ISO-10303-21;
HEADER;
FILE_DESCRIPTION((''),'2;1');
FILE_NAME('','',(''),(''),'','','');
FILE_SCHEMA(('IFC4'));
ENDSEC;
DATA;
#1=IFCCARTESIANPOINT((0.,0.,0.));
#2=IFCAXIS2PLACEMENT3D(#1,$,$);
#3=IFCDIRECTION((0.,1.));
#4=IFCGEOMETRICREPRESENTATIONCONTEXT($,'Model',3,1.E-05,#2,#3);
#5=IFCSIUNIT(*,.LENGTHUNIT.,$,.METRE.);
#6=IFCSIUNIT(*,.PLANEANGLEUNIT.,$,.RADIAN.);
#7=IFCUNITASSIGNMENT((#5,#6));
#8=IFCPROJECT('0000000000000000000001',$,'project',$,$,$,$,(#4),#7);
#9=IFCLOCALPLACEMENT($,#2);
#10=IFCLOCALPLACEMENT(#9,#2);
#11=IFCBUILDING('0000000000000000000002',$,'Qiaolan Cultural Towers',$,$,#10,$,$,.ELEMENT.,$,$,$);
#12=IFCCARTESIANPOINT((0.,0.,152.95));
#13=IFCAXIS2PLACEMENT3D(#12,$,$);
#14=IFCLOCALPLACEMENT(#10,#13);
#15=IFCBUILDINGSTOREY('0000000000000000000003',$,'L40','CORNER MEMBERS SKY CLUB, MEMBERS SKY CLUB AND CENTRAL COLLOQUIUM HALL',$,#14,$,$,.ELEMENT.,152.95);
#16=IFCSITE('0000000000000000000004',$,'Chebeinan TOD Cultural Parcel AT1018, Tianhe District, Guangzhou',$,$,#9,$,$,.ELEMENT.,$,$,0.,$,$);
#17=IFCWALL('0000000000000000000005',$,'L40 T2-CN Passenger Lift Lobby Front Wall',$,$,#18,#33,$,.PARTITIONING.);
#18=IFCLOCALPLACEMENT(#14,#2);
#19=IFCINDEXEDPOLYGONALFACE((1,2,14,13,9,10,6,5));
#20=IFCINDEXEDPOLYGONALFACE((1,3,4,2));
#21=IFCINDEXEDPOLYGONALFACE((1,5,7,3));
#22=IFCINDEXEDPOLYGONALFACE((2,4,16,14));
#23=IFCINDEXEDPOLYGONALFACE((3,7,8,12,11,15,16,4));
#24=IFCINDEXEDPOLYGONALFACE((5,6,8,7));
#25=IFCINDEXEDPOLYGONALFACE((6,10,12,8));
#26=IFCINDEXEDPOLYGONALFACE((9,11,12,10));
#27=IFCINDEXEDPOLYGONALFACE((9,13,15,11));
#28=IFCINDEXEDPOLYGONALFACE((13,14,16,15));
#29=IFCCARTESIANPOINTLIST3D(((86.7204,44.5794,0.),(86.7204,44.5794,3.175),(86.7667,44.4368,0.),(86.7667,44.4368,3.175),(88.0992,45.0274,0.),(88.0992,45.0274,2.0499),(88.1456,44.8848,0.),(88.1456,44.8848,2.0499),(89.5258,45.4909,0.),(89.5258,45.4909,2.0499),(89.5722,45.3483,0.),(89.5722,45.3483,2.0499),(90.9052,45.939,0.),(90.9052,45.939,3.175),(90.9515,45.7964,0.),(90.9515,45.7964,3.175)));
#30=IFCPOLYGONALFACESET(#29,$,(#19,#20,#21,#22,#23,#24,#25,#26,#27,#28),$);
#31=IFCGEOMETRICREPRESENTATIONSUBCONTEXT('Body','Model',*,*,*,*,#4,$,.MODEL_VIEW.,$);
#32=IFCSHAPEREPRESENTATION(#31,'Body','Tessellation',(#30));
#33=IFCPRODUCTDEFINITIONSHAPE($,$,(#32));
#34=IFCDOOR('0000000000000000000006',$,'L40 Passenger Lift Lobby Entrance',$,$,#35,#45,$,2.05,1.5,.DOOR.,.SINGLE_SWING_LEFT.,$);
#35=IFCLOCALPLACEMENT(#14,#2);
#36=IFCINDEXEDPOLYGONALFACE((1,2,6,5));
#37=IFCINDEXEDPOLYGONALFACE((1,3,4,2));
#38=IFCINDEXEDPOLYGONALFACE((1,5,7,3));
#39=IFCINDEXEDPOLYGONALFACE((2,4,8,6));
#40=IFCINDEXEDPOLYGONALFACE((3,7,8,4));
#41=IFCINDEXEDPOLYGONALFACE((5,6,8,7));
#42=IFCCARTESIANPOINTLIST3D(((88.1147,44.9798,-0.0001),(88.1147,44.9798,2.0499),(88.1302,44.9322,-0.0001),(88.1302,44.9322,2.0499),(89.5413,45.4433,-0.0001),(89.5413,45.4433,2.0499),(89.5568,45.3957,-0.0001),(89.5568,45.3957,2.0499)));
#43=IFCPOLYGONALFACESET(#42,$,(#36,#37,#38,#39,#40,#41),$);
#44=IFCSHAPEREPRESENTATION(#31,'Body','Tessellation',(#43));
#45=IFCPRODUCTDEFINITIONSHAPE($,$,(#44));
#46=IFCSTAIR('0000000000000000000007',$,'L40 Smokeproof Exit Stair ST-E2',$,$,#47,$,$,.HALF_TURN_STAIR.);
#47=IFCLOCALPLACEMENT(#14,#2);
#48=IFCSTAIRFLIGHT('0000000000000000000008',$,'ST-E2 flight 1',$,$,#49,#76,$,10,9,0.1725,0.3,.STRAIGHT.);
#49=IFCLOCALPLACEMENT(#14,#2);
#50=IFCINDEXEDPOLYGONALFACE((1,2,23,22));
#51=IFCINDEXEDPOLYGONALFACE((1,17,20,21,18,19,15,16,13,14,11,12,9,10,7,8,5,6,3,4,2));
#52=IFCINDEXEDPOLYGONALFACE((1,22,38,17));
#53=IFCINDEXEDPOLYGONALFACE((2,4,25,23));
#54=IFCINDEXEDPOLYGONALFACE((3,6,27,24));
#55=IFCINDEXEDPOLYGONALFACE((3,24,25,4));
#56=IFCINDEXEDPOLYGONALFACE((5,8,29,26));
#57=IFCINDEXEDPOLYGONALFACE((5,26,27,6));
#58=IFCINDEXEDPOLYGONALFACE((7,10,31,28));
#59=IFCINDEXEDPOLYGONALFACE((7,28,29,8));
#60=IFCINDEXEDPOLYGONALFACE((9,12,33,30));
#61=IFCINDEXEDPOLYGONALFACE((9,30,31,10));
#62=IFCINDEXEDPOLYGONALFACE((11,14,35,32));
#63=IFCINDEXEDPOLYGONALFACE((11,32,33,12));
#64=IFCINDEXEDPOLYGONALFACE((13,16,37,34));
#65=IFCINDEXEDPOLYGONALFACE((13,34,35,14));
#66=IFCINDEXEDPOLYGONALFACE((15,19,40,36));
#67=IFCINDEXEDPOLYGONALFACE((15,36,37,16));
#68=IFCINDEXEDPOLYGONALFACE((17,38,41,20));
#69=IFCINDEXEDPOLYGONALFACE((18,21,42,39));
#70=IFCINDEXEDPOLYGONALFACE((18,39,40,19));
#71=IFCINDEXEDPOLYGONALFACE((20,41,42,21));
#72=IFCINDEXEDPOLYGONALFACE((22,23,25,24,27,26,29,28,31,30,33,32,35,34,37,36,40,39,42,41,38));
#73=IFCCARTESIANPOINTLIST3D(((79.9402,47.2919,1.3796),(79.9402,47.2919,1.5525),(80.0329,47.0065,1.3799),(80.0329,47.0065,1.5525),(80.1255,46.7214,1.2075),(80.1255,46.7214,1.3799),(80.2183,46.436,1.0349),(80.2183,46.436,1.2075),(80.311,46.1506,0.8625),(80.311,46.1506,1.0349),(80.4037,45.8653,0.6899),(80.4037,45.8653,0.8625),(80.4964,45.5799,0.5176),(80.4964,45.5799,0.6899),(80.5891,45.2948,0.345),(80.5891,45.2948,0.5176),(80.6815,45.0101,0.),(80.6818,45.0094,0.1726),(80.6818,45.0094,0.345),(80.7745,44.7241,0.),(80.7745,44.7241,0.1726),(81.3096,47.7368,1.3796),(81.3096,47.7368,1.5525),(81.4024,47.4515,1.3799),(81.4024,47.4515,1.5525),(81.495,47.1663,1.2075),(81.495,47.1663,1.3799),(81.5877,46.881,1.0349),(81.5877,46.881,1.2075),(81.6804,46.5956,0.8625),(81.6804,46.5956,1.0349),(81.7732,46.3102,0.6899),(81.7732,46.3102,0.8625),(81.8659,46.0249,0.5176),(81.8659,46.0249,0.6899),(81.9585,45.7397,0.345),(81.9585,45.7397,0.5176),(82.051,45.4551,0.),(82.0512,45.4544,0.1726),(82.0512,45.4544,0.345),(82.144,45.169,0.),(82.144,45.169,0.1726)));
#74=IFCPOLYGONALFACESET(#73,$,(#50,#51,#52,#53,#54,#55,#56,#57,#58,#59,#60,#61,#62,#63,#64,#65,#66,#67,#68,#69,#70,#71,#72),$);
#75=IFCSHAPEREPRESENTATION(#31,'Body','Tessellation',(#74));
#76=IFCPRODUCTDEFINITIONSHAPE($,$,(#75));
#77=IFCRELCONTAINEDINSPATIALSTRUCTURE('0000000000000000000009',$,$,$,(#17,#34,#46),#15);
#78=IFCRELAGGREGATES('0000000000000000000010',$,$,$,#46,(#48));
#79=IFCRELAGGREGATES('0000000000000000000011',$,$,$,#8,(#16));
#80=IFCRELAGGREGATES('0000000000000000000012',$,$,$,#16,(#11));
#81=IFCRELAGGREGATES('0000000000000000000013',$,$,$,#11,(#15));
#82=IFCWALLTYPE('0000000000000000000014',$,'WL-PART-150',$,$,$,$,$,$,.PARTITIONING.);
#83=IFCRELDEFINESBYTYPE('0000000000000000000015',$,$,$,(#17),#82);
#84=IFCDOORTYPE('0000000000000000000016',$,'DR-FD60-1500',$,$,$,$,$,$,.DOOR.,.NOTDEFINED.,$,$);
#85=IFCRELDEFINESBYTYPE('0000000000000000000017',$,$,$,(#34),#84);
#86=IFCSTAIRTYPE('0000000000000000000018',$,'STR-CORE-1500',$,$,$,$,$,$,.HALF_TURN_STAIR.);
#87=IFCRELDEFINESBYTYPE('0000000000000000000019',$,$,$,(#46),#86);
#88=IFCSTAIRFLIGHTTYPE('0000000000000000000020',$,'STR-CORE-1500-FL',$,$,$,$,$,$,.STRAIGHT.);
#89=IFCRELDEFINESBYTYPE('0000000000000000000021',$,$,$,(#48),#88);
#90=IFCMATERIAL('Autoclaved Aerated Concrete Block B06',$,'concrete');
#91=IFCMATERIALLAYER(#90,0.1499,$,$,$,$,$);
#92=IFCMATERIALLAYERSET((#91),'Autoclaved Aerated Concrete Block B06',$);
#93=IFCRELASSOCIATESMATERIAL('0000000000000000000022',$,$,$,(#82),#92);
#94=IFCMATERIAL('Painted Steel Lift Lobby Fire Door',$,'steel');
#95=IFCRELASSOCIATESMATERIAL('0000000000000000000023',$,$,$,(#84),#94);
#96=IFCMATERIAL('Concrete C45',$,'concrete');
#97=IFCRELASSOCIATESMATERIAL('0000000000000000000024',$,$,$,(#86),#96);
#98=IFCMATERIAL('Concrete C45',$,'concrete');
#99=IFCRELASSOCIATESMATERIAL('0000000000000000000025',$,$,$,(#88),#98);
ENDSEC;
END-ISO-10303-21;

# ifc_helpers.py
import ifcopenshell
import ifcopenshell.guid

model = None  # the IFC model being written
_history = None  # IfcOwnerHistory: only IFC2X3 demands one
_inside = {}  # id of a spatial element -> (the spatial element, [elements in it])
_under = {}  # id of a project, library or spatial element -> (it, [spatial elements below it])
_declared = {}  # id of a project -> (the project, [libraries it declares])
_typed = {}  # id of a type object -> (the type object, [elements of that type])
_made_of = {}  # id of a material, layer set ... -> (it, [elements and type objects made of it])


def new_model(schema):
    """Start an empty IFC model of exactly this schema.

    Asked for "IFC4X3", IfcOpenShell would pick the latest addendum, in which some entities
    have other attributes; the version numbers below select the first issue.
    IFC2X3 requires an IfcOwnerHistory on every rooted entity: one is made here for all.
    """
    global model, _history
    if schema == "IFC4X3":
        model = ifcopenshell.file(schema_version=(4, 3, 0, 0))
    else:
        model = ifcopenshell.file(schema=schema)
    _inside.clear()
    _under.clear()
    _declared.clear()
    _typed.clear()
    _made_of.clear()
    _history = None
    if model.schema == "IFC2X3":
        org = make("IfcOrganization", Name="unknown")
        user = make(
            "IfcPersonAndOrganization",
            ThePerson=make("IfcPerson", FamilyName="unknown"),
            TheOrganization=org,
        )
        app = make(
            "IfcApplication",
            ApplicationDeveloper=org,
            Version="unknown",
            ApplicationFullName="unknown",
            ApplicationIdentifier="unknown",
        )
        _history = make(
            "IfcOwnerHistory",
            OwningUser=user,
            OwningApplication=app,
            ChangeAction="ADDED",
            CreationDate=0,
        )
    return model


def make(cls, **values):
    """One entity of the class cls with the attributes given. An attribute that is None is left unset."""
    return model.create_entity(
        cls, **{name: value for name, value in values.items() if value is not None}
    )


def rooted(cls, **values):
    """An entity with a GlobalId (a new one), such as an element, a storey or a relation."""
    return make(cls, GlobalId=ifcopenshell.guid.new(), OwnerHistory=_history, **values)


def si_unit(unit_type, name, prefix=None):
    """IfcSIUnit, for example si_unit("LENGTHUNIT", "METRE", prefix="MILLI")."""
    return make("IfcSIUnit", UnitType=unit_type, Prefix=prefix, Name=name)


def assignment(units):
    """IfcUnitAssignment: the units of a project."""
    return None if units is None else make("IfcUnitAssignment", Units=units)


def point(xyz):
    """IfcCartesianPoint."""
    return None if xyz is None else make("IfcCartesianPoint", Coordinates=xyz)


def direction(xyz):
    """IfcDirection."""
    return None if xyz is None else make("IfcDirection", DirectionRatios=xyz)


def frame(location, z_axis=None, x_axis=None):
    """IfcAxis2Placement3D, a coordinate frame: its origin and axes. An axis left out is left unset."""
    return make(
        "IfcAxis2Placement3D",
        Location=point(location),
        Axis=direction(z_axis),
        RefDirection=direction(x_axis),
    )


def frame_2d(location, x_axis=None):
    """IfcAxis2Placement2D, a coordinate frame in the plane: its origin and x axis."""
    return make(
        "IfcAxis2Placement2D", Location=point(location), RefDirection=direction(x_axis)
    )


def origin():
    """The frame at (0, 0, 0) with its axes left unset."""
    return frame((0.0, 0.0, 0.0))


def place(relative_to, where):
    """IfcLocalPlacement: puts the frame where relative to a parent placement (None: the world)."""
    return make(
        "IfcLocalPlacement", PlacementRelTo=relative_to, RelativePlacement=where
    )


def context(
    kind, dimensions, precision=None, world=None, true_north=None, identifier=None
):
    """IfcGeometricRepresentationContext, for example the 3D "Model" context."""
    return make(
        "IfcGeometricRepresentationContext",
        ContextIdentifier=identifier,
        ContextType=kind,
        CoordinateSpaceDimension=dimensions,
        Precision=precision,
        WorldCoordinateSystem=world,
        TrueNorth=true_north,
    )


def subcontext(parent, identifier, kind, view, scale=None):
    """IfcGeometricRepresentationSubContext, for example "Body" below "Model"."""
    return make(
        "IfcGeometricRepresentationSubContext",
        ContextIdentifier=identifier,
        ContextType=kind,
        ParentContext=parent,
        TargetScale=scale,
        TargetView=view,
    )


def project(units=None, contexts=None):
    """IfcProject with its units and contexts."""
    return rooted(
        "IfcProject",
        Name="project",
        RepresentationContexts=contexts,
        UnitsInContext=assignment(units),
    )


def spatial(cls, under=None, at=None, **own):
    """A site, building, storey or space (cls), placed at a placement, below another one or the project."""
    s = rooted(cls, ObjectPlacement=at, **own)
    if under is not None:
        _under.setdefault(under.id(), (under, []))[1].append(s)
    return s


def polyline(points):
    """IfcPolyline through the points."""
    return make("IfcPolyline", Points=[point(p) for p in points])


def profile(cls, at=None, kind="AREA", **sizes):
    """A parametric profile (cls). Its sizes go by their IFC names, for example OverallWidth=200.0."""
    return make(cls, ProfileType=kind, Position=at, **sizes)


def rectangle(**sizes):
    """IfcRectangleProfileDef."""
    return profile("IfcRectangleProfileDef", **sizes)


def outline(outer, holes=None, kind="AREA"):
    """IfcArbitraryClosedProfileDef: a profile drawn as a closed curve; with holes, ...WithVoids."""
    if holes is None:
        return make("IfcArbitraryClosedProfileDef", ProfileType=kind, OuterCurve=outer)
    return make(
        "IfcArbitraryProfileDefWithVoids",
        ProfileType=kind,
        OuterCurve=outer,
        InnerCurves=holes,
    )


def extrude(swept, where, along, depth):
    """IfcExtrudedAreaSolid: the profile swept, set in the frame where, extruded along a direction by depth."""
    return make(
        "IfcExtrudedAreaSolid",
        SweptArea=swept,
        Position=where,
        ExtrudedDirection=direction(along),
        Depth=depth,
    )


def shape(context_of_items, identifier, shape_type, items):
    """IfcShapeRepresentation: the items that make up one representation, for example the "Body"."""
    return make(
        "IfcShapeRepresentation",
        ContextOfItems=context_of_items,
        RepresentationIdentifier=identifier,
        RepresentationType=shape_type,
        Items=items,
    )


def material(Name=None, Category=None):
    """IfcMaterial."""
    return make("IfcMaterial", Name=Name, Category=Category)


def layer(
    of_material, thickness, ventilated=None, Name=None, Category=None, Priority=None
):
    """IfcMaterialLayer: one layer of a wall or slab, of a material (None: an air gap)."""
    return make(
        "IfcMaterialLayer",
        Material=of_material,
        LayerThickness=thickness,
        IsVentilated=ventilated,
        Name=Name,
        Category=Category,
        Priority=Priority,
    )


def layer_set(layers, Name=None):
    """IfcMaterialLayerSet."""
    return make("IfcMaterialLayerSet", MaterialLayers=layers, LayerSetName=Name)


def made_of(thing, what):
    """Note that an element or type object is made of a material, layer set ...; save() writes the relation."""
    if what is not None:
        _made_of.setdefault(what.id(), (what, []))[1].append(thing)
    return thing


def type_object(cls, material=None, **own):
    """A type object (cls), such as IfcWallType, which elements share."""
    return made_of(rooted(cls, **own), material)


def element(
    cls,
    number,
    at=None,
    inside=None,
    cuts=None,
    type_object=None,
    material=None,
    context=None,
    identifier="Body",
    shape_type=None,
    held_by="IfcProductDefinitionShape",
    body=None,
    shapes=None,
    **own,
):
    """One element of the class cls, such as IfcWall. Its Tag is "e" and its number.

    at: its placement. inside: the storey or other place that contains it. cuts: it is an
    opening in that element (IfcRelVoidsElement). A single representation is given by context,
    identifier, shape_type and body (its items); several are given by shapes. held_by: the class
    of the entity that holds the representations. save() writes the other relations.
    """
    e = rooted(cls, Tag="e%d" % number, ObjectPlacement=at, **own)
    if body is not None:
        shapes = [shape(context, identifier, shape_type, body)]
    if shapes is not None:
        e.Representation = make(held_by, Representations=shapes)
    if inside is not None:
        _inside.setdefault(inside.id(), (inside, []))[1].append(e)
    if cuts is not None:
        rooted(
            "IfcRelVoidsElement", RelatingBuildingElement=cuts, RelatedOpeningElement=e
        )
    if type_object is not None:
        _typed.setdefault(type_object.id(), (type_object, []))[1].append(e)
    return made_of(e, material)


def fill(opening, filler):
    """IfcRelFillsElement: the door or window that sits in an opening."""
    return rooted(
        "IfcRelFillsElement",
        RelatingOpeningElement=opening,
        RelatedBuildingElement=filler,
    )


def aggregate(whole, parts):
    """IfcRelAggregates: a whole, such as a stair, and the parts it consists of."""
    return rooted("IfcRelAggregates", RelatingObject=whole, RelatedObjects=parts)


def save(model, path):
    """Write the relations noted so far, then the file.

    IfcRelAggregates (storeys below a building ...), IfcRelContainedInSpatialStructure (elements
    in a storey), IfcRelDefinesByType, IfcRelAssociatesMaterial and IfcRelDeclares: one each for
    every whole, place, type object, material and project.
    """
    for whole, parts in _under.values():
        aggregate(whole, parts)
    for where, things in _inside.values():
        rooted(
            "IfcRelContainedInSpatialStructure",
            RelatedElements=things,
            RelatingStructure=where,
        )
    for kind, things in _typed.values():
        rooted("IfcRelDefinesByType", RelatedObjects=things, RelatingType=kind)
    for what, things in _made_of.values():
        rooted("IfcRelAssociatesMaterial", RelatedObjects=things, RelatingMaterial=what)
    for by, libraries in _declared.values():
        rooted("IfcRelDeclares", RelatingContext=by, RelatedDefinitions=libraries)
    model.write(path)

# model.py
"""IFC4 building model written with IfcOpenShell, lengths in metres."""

from ifc_helpers import new_model, si_unit, direction, frame, frame_2d, origin, place, context, subcontext, project, spatial, polyline, rectangle, outline, extrude, material, layer, layer_set, type_object, element, fill, aggregate, save


model = new_model("IFC4")

# Units and contexts
model_context = context("Model", 3, precision=1e-05, world=origin(), true_north=direction((0.0, 1.0)))
body_context = subcontext(model_context, "Body", "Model", "MODEL_VIEW")
ifc_project = project(units=[si_unit("LENGTHUNIT", "METRE"), si_unit("PLANEANGLEUNIT", "RADIAN")], contexts=[model_context])

# Site, building, storey
site_placement = place(None, origin())
site = spatial("IfcSite", under=ifc_project, at=site_placement, Name="Chebeinan TOD Cultural Parcel AT1018, Tianhe District, Guangzhou", CompositionType="ELEMENT", RefElevation=0.0)
building_placement = place(site_placement, origin())
building = spatial("IfcBuilding", under=site, at=building_placement, Name="Qiaolan Cultural Towers", CompositionType="ELEMENT")
storey_placement = place(building_placement, frame((0.0, 0.0, 152.95)))
storey = spatial("IfcBuildingStorey", under=building, at=storey_placement, Name="L40", Description="CORNER MEMBERS SKY CLUB, MEMBERS SKY CLUB AND CENTRAL COLLOQUIUM HALL", CompositionType="ELEMENT", Elevation=152.95)

# Wall, opening, door
ifc_material_1 = material(Name="Autoclaved Aerated Concrete Block B06", Category="concrete")
ifc_layer_1 = layer(ifc_material_1, 0.1499)
ifc_layer_set_1 = layer_set([ifc_layer_1], Name="Autoclaved Aerated Concrete Block B06")
wall_type_1 = type_object("IfcWallType", Name="WL-PART-150", PredefinedType="PARTITIONING", material=ifc_layer_set_1)
wall_1_placement = place(storey_placement, frame((86.7434, 44.5081, 0.0), z_axis=(0.0, 0.0, 1.0), x_axis=(0.951064, 0.308994, 0.0)))
wall_1 = element("IfcWall", 1, at=wall_1_placement, inside=storey, type_object=wall_type_1, Name="L40 T2-CN Passenger Lift Lobby Front Wall", PredefinedType="PARTITIONING", context=body_context, shape_type="SweptSolid", body=[
    extrude(rectangle(XDim=4.4001, YDim=0.1499, at=frame_2d((2.2002, 0.0))), origin(), (0.0, 0.0, 1.0), 3.175),
])
opening_1_placement = place(wall_1_placement, frame((1.45, 0.0, 0.0)))
opening_1 = element("IfcOpeningElement", 2, at=opening_1_placement, cuts=wall_1, PredefinedType="OPENING", context=body_context, shape_type="SweptSolid", body=[
    extrude(rectangle(XDim=1.5, YDim=2.05, at=frame_2d((0.75, 1.0249))), frame((0.0, 0.085, 0.0), z_axis=(0.0, -1.0, 0.0), x_axis=(1.0, 0.0, 0.0)), (0.0, 0.0, 1.0), 0.1699),
])
ifc_material_2 = material(Name="Painted Steel Lift Lobby Fire Door", Category="steel")
door_type_1 = type_object("IfcDoorType", Name="DR-FD60-1500", OperationType="NOTDEFINED", PredefinedType="DOOR", material=ifc_material_2)
door_1_placement = place(opening_1_placement, origin())
door_1 = element("IfcDoor", 3, at=door_1_placement, inside=storey, type_object=door_type_1, Name="L40 Passenger Lift Lobby Entrance", OperationType="SINGLE_SWING_LEFT", OverallHeight=2.05, OverallWidth=1.5, PredefinedType="DOOR", context=body_context, shape_type="SweptSolid", body=[
    extrude(rectangle(XDim=1.5, YDim=2.05, at=frame_2d((0.75, 1.0249))), frame((0.0, 0.0249, 0.0), z_axis=(0.0, -1.0, 0.0), x_axis=(1.0, 0.0, 0.0)), (0.0, 0.0, 1.0), 0.05),
])
fill(opening_1, door_1)

# Stair, stair flight
ifc_material_3 = material(Name="Concrete C45", Category="concrete")
stair_type = type_object("IfcStairType", Name="STR-CORE-1500", PredefinedType="HALF_TURN_STAIR", material=ifc_material_3)
stair_placement = place(storey_placement, origin())
stair = element("IfcStair", 4, at=stair_placement, inside=storey, type_object=stair_type, Name="L40 Smokeproof Exit Stair ST-E2", PredefinedType="HALF_TURN_STAIR")
ifc_material_4 = material(Name="Concrete C45", Category="concrete")
stair_flight_type = type_object("IfcStairFlightType", Name="STR-CORE-1500-FL", PredefinedType="STRAIGHT", material=ifc_material_4)
stair_flight_placement = place(storey_placement, frame((81.4592, 44.9465, 0.0), z_axis=(0.0, 0.0, 1.0), x_axis=(-0.309017, 0.951057, 0.0)))
stair_flight = element("IfcStairFlight", 5, at=stair_flight_placement, type_object=stair_flight_type, Name="ST-E2 flight 1", NumberOfRisers=10, NumberOfTreads=9, PredefinedType="STRAIGHT", RiserHeight=0.1725, TreadLength=0.3, context=body_context, shape_type="SweptSolid", body=[
    extrude(outline(polyline([(0.0, 0.0), (0.0, 0.1726), (0.3, 0.1726), (0.3, 0.345), (0.6001, 0.345), (0.6001, 0.5176), (0.8999, 0.5176), (0.8999, 0.6899), (1.2, 0.6899), (1.2, 0.8625), (1.5, 0.8625), (1.5, 1.0349), (1.8, 1.0349), (1.8, 1.2075), (2.1001, 1.2075), (2.1001, 1.3799), (2.3999, 1.3799), (2.3999, 1.5525), (2.7, 1.5525), (2.7, 1.7251), (2.7, 1.3796), (0.3008, 0.0), (0.0, 0.0)])), frame((0.0, 0.72, 0.0), z_axis=(0.0, -1.0, 0.0), x_axis=(1.0, 0.0, 0.0)), (0.0, 0.0, 1.0), 1.4399),
])
aggregate(stair, [stair_flight])

save(model, "model.ifc")
